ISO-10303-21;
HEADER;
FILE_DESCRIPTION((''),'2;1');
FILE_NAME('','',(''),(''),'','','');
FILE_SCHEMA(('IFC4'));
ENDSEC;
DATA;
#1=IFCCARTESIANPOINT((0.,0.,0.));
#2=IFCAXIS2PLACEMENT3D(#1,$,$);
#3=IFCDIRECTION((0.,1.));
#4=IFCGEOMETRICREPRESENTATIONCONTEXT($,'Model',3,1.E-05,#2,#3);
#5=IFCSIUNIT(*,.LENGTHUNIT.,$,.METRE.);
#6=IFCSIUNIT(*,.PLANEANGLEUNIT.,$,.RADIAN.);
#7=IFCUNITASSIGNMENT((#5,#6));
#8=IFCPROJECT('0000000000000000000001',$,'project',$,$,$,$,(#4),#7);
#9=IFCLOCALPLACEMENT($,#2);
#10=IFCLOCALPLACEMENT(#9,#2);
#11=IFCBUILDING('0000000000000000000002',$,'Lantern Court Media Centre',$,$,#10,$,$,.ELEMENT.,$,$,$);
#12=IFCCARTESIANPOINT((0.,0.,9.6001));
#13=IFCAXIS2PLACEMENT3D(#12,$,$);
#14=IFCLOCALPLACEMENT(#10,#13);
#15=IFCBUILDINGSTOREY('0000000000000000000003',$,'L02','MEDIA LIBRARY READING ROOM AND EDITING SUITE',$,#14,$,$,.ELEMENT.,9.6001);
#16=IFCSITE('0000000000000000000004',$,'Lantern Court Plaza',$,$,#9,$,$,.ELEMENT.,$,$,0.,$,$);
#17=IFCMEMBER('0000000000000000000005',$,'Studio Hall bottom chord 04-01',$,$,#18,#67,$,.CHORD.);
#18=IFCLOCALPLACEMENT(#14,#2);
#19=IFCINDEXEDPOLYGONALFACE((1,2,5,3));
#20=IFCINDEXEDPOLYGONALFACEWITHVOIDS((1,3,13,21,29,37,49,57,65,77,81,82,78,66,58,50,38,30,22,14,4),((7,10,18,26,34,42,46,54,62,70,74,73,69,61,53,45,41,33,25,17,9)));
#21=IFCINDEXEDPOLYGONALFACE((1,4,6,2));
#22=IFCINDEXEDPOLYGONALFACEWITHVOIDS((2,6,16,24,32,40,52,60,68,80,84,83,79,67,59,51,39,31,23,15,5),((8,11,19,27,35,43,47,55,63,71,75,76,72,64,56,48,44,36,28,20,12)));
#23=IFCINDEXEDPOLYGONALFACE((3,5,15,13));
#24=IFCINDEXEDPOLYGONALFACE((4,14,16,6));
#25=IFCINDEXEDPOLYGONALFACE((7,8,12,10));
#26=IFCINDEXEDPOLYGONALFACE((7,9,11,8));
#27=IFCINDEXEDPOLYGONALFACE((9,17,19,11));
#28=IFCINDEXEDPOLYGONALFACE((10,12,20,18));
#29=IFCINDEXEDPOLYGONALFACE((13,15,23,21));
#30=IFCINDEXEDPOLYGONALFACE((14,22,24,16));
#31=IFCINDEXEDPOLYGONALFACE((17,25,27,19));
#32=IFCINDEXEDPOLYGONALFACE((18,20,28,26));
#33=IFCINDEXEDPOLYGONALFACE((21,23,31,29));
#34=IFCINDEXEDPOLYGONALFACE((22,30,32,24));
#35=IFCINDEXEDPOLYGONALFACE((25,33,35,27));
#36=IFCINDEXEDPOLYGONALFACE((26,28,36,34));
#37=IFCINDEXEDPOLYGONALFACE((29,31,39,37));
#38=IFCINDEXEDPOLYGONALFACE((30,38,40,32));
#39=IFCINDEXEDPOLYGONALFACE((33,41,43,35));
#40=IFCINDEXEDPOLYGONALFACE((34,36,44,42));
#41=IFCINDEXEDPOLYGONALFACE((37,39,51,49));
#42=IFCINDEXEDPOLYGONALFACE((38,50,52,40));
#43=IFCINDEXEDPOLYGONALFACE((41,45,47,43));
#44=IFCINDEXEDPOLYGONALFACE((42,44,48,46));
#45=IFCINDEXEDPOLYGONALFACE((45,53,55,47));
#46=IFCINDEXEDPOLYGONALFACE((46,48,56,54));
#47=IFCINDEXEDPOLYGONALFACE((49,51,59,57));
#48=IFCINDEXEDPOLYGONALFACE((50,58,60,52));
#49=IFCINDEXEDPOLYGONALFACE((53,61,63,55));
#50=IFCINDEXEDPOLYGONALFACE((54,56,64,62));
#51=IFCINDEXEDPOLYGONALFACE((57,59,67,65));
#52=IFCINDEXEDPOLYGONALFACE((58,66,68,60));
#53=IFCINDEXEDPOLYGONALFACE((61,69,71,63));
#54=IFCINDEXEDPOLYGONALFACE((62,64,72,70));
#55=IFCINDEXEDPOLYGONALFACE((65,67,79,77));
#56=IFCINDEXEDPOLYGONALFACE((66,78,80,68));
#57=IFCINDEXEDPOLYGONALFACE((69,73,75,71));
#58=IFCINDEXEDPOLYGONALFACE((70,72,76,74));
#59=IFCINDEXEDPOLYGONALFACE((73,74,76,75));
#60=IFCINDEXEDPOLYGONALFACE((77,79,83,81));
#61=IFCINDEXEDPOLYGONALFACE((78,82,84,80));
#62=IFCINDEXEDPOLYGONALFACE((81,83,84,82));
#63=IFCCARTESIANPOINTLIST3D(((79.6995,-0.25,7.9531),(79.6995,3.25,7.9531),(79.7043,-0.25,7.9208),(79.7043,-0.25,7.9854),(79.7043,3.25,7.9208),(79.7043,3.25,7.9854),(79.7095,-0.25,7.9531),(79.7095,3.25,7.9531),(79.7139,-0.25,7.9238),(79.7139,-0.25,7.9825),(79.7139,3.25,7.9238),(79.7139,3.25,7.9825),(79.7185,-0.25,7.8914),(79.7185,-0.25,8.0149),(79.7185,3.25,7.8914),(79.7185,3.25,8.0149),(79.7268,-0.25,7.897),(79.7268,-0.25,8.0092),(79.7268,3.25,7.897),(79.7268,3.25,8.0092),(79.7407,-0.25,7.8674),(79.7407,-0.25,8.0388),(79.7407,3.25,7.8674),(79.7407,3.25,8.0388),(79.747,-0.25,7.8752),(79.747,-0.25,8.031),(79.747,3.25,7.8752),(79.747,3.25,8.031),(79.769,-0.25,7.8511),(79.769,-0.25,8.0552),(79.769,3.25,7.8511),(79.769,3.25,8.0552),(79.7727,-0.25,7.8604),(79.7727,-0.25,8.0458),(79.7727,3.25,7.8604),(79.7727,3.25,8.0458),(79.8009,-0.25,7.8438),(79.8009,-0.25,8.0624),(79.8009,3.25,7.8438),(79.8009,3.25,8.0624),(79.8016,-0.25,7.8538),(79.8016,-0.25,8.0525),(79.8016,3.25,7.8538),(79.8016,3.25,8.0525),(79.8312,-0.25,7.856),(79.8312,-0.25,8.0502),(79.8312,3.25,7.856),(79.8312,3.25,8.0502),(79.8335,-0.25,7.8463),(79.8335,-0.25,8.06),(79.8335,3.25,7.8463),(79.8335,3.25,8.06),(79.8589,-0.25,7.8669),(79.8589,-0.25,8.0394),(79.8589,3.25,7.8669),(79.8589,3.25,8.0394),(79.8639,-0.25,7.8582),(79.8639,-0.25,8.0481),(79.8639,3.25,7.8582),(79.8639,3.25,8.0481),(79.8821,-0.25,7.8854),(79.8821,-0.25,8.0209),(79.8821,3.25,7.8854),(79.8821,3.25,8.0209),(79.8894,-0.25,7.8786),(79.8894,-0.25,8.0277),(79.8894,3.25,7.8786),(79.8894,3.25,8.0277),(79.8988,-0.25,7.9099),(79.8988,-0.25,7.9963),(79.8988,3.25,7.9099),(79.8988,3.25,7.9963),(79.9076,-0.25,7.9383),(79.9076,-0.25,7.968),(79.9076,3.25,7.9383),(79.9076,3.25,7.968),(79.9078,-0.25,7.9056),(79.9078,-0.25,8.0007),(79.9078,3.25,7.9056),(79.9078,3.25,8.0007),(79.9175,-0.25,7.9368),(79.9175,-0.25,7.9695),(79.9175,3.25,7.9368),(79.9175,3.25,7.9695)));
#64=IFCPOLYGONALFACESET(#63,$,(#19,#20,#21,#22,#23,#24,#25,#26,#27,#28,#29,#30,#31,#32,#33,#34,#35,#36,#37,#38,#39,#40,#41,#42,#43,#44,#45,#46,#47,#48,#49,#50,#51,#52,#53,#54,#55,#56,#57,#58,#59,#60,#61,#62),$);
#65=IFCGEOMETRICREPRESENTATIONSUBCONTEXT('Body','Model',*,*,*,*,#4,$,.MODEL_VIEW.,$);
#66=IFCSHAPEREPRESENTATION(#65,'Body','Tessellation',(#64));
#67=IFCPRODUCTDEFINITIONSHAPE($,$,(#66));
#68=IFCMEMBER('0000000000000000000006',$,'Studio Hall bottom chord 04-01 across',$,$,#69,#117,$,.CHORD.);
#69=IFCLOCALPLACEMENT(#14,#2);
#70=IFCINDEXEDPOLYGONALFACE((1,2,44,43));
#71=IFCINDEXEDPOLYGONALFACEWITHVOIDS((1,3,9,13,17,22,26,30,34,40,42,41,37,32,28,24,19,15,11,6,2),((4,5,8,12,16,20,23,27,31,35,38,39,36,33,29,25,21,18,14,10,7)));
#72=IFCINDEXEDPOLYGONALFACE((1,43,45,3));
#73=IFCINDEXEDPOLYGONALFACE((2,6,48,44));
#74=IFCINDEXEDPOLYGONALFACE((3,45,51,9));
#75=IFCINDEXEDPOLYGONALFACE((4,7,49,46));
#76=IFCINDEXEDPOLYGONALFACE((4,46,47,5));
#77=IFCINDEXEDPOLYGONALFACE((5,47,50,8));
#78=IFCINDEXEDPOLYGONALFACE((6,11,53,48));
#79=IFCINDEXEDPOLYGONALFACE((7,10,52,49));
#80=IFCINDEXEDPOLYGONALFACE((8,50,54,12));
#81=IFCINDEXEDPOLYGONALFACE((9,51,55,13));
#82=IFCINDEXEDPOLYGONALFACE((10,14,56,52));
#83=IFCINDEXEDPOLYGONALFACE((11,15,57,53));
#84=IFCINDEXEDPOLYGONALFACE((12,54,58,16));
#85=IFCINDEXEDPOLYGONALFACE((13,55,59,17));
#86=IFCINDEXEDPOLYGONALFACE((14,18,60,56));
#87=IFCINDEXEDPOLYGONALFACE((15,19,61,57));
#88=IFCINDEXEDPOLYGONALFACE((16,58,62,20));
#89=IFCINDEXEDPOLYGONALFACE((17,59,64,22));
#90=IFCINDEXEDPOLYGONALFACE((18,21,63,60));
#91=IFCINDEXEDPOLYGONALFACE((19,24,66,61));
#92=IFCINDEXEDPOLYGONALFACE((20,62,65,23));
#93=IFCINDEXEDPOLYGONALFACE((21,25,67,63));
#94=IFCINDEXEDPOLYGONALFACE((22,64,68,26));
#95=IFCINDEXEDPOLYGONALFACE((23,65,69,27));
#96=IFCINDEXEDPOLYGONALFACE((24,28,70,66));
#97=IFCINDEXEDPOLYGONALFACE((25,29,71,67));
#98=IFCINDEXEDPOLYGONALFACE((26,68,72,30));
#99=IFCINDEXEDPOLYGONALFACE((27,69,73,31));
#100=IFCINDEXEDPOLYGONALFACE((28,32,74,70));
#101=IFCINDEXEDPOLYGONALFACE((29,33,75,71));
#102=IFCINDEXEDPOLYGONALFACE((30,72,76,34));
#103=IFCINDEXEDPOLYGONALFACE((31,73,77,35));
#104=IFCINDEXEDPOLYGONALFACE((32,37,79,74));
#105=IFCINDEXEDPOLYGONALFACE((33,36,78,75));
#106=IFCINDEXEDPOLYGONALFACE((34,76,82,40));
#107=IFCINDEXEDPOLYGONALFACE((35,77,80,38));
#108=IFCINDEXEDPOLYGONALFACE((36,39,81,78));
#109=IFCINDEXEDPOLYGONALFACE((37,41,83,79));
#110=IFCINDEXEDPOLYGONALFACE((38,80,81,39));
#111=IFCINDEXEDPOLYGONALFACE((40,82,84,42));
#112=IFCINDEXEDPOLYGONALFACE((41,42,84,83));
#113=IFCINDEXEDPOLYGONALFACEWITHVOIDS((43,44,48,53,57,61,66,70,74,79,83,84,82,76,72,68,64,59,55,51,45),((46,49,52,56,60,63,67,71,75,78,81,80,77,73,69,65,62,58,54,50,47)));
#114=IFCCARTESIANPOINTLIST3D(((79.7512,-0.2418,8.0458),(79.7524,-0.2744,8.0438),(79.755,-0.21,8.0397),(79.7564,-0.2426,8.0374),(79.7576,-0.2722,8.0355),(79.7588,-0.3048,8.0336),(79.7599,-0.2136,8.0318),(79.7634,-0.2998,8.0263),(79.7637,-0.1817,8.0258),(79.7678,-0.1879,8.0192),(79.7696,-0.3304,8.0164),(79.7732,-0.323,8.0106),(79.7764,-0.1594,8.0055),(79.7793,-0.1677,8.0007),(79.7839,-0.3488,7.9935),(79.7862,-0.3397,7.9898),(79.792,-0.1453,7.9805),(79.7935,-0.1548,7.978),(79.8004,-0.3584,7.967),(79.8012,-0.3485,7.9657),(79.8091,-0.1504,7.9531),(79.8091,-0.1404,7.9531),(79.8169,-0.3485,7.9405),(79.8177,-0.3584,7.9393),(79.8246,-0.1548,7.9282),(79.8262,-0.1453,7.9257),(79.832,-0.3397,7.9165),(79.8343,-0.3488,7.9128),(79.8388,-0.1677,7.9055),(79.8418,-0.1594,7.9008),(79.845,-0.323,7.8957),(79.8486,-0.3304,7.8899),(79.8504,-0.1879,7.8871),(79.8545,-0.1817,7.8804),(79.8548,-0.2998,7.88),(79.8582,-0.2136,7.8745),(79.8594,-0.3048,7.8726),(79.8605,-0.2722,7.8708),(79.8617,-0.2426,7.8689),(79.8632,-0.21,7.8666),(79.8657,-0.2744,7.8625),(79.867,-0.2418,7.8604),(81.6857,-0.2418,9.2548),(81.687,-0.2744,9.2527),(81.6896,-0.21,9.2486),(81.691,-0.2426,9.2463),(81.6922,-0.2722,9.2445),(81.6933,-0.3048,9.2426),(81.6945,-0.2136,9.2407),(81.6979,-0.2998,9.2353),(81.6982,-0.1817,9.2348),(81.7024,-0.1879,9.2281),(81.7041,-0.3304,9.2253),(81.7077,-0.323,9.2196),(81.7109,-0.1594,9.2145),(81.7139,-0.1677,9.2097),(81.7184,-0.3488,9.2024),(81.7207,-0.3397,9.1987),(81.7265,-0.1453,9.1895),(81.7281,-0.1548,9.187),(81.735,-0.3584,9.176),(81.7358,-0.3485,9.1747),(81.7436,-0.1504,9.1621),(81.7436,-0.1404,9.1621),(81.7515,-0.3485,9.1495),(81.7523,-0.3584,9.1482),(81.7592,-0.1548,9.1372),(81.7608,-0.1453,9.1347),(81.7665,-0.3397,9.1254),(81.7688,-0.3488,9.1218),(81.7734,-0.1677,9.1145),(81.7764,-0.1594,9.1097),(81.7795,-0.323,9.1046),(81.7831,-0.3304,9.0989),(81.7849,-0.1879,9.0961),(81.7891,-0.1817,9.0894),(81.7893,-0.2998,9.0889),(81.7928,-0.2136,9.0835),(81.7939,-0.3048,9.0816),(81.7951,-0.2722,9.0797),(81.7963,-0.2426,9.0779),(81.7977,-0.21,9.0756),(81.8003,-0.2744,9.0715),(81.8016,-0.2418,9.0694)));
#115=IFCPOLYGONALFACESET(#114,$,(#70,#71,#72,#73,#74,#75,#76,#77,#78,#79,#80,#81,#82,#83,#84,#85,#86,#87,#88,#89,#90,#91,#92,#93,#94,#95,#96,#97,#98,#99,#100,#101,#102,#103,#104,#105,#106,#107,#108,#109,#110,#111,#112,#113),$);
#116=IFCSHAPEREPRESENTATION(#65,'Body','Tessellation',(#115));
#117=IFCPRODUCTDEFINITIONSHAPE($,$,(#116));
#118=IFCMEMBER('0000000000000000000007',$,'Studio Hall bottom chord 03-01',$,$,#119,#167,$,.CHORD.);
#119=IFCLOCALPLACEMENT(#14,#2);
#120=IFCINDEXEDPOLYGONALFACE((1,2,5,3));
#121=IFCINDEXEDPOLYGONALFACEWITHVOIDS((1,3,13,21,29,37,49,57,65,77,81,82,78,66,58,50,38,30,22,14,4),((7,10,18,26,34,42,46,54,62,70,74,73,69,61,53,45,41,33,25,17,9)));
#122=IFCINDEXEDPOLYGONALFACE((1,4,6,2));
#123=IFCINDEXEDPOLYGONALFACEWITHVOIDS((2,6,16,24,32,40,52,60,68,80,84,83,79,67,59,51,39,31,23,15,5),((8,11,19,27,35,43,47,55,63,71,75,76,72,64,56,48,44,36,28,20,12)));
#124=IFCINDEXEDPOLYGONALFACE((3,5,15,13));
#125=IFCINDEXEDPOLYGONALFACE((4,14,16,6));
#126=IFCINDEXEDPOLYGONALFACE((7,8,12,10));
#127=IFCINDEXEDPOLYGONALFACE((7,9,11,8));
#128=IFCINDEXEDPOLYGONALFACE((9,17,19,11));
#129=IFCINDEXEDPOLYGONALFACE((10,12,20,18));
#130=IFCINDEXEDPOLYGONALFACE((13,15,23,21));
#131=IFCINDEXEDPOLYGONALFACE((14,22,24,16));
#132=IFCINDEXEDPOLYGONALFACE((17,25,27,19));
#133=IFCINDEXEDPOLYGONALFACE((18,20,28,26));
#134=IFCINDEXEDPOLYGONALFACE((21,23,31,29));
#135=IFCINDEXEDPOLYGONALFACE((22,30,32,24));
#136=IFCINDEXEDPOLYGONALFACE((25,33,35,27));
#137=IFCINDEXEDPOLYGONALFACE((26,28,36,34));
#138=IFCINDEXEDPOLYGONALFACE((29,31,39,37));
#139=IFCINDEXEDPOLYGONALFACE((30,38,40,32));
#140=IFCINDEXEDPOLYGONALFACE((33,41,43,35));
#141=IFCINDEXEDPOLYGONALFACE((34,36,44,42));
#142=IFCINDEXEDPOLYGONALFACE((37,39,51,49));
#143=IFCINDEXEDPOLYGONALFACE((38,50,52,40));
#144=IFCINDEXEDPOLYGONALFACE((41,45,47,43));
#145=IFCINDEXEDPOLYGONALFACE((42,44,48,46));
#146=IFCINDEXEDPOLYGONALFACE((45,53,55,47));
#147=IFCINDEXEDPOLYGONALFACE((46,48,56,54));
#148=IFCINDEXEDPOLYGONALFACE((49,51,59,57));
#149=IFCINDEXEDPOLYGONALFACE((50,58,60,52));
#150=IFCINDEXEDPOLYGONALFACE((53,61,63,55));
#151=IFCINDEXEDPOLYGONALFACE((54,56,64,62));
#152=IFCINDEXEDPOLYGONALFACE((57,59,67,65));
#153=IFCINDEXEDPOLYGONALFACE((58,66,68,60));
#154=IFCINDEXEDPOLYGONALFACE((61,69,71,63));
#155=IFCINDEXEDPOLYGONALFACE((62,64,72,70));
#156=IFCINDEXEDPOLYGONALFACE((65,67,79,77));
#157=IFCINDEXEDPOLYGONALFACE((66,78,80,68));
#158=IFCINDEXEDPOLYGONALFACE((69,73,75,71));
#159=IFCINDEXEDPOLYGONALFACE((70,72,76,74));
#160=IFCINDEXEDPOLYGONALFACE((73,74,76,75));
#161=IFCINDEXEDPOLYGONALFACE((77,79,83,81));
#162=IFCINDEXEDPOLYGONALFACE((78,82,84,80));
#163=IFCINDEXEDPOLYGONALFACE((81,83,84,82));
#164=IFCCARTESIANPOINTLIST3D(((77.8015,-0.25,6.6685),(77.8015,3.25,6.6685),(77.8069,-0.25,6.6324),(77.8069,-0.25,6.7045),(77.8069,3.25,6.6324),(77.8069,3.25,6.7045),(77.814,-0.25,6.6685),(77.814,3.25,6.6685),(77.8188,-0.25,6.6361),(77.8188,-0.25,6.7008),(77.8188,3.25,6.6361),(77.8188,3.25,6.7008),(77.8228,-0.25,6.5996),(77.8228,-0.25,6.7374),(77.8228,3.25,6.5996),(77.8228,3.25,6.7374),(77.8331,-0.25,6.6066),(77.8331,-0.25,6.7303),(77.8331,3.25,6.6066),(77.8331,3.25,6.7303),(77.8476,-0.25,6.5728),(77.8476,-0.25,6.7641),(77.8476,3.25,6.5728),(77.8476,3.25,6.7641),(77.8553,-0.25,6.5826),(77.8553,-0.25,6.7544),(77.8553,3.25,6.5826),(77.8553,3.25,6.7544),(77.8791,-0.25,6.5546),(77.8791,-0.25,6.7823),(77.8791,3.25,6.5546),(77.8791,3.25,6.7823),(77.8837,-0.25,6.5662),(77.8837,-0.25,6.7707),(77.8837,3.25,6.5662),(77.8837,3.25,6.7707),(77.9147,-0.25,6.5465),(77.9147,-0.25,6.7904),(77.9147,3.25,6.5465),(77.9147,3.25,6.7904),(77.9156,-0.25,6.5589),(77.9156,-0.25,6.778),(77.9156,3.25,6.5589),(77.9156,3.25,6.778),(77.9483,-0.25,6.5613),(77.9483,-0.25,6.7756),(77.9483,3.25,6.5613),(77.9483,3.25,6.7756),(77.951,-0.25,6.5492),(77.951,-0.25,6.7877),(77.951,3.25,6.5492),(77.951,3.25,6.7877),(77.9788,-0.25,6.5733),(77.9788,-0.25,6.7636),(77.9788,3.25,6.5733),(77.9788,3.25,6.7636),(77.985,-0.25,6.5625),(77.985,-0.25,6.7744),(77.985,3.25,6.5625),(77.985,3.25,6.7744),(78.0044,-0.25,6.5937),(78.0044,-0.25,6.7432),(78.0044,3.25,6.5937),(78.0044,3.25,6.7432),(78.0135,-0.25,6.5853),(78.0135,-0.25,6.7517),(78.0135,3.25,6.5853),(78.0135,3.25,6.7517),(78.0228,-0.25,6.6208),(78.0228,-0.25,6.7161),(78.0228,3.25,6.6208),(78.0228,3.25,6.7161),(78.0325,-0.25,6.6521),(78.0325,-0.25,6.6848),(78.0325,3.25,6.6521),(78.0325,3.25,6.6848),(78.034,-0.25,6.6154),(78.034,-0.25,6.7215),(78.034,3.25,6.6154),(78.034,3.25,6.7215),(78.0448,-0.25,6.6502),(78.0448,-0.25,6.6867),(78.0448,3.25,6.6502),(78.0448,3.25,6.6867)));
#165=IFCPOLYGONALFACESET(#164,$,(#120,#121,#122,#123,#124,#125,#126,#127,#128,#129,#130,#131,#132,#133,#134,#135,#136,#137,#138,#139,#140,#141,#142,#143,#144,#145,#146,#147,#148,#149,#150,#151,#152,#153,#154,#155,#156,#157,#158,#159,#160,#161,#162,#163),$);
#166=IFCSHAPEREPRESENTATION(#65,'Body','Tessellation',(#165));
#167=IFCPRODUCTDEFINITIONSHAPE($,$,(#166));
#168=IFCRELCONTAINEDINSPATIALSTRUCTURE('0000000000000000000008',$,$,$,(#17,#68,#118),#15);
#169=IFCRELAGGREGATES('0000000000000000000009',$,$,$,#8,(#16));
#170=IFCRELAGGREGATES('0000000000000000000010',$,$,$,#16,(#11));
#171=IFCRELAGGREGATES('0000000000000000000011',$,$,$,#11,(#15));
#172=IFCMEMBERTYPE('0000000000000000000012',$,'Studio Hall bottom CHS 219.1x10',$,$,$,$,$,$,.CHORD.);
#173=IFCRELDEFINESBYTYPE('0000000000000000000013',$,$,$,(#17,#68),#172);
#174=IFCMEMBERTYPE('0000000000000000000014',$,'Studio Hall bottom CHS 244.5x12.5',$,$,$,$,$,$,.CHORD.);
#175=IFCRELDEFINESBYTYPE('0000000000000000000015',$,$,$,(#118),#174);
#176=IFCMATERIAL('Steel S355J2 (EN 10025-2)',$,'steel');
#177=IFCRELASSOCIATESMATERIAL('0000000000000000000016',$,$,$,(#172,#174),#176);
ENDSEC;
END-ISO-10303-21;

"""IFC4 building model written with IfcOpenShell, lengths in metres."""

from ifc_helpers import new_model, si_unit, direction, frame, origin, origin_2d, place, context, subcontext, project, spatial, hollow_circle, extrude, material, material_profile, profile_set, type_object, element, save


model = new_model("IFC4")

# Units and contexts
model_context = context("Model", 3, precision=1e-05, world=origin(), true_north=direction((0.0, 1.0)))
body_context = subcontext(model_context, "Body", "Model", "MODEL_VIEW")
ifc_project = project(units=[si_unit("LENGTHUNIT", "METRE"), si_unit("PLANEANGLEUNIT", "RADIAN")], contexts=[model_context])

# Site, building, storey
site_placement = place(None, origin())
site = spatial("IfcSite", under=ifc_project, at=site_placement, Name="Lantern Court Plaza", CompositionType="ELEMENT", RefElevation=0.0)
building_placement = place(site_placement, origin())
building = spatial("IfcBuilding", under=site, at=building_placement, Name="Lantern Court Media Centre", CompositionType="ELEMENT")
storey_placement = place(building_placement, frame((0.0, 0.0, 9.6001)))
storey = spatial("IfcBuildingStorey", under=building, at=storey_placement, Name="L02", Description="MEDIA LIBRARY READING ROOM AND EDITING SUITE", CompositionType="ELEMENT", Elevation=9.6001)

# Members
ifc_material = material(Name="Steel S355J2 (EN 10025-2)", Category="steel")
ifc_material_profile_1 = material_profile(ifc_material, hollow_circle(Radius=0.1096, WallThickness=0.01, at=origin_2d()), Name="Studio Hall bottom CHS 219.1x10")
ifc_profile_set_1 = profile_set([ifc_material_profile_1], Name="Steel S355J2 (EN 10025-2)")
member_type_1 = type_object("IfcMemberType", Name="Studio Hall bottom CHS 219.1x10", PredefinedType="CHORD", material=ifc_profile_set_1)
member_1_placement = place(storey_placement, frame((79.8091, -0.25, 7.9531), z_axis=(0.0, 1.0, 0.0), x_axis=(-1.0, 0.0, 0.0)))
element("IfcMember", 1, at=member_1_placement, inside=storey, type_object=member_type_1, Name="Studio Hall bottom chord 04-01", PredefinedType="CHORD", context=body_context, shape_type="SweptSolid", body=[
    extrude(hollow_circle(Radius=0.1096, WallThickness=0.01, at=origin_2d()), origin(), (0.0, 0.0, 1.0), 3.5),
])
member_2_placement = place(storey_placement, frame((79.8091, -0.25, 7.9531), z_axis=(0.848022, 0.0, 0.52996), x_axis=(0.0, 1.0, 0.0)))
element("IfcMember", 2, at=member_2_placement, inside=storey, type_object=member_type_1, Name="Studio Hall bottom chord 04-01 across", PredefinedType="CHORD", context=body_context, shape_type="SweptSolid", body=[
    extrude(hollow_circle(Radius=0.1096, WallThickness=0.01, at=origin_2d()), origin(), (0.0, 0.0, 1.0), 2.2812),
])
ifc_material_profile_2 = material_profile(ifc_material, hollow_circle(Radius=0.1223, WallThickness=0.0125, at=origin_2d()), Name="Studio Hall bottom CHS 244.5x12.5")
ifc_profile_set_2 = profile_set([ifc_material_profile_2], Name="Steel S355J2 (EN 10025-2)")
member_type_2 = type_object("IfcMemberType", Name="Studio Hall bottom CHS 244.5x12.5", PredefinedType="CHORD", material=ifc_profile_set_2)
for number, where, z_axis, x_axis, name in (
    (3, (77.9238, -0.25, 6.6685), (0.0, 1.0, 0.0), (-1.0, 0.0, 0.0), "Studio Hall bottom chord 03-01"),
):
    element("IfcMember", number, at=place(storey_placement, frame(where, z_axis=z_axis, x_axis=x_axis)), inside=storey, type_object=member_type_2, Name=name, PredefinedType="CHORD", context=body_context, shape_type="SweptSolid", body=[
        extrude(hollow_circle(Radius=0.1223, WallThickness=0.0125, at=origin_2d()), origin(), (0.0, 0.0, 1.0), 3.5),
    ])

save(model, "model.ifc")
